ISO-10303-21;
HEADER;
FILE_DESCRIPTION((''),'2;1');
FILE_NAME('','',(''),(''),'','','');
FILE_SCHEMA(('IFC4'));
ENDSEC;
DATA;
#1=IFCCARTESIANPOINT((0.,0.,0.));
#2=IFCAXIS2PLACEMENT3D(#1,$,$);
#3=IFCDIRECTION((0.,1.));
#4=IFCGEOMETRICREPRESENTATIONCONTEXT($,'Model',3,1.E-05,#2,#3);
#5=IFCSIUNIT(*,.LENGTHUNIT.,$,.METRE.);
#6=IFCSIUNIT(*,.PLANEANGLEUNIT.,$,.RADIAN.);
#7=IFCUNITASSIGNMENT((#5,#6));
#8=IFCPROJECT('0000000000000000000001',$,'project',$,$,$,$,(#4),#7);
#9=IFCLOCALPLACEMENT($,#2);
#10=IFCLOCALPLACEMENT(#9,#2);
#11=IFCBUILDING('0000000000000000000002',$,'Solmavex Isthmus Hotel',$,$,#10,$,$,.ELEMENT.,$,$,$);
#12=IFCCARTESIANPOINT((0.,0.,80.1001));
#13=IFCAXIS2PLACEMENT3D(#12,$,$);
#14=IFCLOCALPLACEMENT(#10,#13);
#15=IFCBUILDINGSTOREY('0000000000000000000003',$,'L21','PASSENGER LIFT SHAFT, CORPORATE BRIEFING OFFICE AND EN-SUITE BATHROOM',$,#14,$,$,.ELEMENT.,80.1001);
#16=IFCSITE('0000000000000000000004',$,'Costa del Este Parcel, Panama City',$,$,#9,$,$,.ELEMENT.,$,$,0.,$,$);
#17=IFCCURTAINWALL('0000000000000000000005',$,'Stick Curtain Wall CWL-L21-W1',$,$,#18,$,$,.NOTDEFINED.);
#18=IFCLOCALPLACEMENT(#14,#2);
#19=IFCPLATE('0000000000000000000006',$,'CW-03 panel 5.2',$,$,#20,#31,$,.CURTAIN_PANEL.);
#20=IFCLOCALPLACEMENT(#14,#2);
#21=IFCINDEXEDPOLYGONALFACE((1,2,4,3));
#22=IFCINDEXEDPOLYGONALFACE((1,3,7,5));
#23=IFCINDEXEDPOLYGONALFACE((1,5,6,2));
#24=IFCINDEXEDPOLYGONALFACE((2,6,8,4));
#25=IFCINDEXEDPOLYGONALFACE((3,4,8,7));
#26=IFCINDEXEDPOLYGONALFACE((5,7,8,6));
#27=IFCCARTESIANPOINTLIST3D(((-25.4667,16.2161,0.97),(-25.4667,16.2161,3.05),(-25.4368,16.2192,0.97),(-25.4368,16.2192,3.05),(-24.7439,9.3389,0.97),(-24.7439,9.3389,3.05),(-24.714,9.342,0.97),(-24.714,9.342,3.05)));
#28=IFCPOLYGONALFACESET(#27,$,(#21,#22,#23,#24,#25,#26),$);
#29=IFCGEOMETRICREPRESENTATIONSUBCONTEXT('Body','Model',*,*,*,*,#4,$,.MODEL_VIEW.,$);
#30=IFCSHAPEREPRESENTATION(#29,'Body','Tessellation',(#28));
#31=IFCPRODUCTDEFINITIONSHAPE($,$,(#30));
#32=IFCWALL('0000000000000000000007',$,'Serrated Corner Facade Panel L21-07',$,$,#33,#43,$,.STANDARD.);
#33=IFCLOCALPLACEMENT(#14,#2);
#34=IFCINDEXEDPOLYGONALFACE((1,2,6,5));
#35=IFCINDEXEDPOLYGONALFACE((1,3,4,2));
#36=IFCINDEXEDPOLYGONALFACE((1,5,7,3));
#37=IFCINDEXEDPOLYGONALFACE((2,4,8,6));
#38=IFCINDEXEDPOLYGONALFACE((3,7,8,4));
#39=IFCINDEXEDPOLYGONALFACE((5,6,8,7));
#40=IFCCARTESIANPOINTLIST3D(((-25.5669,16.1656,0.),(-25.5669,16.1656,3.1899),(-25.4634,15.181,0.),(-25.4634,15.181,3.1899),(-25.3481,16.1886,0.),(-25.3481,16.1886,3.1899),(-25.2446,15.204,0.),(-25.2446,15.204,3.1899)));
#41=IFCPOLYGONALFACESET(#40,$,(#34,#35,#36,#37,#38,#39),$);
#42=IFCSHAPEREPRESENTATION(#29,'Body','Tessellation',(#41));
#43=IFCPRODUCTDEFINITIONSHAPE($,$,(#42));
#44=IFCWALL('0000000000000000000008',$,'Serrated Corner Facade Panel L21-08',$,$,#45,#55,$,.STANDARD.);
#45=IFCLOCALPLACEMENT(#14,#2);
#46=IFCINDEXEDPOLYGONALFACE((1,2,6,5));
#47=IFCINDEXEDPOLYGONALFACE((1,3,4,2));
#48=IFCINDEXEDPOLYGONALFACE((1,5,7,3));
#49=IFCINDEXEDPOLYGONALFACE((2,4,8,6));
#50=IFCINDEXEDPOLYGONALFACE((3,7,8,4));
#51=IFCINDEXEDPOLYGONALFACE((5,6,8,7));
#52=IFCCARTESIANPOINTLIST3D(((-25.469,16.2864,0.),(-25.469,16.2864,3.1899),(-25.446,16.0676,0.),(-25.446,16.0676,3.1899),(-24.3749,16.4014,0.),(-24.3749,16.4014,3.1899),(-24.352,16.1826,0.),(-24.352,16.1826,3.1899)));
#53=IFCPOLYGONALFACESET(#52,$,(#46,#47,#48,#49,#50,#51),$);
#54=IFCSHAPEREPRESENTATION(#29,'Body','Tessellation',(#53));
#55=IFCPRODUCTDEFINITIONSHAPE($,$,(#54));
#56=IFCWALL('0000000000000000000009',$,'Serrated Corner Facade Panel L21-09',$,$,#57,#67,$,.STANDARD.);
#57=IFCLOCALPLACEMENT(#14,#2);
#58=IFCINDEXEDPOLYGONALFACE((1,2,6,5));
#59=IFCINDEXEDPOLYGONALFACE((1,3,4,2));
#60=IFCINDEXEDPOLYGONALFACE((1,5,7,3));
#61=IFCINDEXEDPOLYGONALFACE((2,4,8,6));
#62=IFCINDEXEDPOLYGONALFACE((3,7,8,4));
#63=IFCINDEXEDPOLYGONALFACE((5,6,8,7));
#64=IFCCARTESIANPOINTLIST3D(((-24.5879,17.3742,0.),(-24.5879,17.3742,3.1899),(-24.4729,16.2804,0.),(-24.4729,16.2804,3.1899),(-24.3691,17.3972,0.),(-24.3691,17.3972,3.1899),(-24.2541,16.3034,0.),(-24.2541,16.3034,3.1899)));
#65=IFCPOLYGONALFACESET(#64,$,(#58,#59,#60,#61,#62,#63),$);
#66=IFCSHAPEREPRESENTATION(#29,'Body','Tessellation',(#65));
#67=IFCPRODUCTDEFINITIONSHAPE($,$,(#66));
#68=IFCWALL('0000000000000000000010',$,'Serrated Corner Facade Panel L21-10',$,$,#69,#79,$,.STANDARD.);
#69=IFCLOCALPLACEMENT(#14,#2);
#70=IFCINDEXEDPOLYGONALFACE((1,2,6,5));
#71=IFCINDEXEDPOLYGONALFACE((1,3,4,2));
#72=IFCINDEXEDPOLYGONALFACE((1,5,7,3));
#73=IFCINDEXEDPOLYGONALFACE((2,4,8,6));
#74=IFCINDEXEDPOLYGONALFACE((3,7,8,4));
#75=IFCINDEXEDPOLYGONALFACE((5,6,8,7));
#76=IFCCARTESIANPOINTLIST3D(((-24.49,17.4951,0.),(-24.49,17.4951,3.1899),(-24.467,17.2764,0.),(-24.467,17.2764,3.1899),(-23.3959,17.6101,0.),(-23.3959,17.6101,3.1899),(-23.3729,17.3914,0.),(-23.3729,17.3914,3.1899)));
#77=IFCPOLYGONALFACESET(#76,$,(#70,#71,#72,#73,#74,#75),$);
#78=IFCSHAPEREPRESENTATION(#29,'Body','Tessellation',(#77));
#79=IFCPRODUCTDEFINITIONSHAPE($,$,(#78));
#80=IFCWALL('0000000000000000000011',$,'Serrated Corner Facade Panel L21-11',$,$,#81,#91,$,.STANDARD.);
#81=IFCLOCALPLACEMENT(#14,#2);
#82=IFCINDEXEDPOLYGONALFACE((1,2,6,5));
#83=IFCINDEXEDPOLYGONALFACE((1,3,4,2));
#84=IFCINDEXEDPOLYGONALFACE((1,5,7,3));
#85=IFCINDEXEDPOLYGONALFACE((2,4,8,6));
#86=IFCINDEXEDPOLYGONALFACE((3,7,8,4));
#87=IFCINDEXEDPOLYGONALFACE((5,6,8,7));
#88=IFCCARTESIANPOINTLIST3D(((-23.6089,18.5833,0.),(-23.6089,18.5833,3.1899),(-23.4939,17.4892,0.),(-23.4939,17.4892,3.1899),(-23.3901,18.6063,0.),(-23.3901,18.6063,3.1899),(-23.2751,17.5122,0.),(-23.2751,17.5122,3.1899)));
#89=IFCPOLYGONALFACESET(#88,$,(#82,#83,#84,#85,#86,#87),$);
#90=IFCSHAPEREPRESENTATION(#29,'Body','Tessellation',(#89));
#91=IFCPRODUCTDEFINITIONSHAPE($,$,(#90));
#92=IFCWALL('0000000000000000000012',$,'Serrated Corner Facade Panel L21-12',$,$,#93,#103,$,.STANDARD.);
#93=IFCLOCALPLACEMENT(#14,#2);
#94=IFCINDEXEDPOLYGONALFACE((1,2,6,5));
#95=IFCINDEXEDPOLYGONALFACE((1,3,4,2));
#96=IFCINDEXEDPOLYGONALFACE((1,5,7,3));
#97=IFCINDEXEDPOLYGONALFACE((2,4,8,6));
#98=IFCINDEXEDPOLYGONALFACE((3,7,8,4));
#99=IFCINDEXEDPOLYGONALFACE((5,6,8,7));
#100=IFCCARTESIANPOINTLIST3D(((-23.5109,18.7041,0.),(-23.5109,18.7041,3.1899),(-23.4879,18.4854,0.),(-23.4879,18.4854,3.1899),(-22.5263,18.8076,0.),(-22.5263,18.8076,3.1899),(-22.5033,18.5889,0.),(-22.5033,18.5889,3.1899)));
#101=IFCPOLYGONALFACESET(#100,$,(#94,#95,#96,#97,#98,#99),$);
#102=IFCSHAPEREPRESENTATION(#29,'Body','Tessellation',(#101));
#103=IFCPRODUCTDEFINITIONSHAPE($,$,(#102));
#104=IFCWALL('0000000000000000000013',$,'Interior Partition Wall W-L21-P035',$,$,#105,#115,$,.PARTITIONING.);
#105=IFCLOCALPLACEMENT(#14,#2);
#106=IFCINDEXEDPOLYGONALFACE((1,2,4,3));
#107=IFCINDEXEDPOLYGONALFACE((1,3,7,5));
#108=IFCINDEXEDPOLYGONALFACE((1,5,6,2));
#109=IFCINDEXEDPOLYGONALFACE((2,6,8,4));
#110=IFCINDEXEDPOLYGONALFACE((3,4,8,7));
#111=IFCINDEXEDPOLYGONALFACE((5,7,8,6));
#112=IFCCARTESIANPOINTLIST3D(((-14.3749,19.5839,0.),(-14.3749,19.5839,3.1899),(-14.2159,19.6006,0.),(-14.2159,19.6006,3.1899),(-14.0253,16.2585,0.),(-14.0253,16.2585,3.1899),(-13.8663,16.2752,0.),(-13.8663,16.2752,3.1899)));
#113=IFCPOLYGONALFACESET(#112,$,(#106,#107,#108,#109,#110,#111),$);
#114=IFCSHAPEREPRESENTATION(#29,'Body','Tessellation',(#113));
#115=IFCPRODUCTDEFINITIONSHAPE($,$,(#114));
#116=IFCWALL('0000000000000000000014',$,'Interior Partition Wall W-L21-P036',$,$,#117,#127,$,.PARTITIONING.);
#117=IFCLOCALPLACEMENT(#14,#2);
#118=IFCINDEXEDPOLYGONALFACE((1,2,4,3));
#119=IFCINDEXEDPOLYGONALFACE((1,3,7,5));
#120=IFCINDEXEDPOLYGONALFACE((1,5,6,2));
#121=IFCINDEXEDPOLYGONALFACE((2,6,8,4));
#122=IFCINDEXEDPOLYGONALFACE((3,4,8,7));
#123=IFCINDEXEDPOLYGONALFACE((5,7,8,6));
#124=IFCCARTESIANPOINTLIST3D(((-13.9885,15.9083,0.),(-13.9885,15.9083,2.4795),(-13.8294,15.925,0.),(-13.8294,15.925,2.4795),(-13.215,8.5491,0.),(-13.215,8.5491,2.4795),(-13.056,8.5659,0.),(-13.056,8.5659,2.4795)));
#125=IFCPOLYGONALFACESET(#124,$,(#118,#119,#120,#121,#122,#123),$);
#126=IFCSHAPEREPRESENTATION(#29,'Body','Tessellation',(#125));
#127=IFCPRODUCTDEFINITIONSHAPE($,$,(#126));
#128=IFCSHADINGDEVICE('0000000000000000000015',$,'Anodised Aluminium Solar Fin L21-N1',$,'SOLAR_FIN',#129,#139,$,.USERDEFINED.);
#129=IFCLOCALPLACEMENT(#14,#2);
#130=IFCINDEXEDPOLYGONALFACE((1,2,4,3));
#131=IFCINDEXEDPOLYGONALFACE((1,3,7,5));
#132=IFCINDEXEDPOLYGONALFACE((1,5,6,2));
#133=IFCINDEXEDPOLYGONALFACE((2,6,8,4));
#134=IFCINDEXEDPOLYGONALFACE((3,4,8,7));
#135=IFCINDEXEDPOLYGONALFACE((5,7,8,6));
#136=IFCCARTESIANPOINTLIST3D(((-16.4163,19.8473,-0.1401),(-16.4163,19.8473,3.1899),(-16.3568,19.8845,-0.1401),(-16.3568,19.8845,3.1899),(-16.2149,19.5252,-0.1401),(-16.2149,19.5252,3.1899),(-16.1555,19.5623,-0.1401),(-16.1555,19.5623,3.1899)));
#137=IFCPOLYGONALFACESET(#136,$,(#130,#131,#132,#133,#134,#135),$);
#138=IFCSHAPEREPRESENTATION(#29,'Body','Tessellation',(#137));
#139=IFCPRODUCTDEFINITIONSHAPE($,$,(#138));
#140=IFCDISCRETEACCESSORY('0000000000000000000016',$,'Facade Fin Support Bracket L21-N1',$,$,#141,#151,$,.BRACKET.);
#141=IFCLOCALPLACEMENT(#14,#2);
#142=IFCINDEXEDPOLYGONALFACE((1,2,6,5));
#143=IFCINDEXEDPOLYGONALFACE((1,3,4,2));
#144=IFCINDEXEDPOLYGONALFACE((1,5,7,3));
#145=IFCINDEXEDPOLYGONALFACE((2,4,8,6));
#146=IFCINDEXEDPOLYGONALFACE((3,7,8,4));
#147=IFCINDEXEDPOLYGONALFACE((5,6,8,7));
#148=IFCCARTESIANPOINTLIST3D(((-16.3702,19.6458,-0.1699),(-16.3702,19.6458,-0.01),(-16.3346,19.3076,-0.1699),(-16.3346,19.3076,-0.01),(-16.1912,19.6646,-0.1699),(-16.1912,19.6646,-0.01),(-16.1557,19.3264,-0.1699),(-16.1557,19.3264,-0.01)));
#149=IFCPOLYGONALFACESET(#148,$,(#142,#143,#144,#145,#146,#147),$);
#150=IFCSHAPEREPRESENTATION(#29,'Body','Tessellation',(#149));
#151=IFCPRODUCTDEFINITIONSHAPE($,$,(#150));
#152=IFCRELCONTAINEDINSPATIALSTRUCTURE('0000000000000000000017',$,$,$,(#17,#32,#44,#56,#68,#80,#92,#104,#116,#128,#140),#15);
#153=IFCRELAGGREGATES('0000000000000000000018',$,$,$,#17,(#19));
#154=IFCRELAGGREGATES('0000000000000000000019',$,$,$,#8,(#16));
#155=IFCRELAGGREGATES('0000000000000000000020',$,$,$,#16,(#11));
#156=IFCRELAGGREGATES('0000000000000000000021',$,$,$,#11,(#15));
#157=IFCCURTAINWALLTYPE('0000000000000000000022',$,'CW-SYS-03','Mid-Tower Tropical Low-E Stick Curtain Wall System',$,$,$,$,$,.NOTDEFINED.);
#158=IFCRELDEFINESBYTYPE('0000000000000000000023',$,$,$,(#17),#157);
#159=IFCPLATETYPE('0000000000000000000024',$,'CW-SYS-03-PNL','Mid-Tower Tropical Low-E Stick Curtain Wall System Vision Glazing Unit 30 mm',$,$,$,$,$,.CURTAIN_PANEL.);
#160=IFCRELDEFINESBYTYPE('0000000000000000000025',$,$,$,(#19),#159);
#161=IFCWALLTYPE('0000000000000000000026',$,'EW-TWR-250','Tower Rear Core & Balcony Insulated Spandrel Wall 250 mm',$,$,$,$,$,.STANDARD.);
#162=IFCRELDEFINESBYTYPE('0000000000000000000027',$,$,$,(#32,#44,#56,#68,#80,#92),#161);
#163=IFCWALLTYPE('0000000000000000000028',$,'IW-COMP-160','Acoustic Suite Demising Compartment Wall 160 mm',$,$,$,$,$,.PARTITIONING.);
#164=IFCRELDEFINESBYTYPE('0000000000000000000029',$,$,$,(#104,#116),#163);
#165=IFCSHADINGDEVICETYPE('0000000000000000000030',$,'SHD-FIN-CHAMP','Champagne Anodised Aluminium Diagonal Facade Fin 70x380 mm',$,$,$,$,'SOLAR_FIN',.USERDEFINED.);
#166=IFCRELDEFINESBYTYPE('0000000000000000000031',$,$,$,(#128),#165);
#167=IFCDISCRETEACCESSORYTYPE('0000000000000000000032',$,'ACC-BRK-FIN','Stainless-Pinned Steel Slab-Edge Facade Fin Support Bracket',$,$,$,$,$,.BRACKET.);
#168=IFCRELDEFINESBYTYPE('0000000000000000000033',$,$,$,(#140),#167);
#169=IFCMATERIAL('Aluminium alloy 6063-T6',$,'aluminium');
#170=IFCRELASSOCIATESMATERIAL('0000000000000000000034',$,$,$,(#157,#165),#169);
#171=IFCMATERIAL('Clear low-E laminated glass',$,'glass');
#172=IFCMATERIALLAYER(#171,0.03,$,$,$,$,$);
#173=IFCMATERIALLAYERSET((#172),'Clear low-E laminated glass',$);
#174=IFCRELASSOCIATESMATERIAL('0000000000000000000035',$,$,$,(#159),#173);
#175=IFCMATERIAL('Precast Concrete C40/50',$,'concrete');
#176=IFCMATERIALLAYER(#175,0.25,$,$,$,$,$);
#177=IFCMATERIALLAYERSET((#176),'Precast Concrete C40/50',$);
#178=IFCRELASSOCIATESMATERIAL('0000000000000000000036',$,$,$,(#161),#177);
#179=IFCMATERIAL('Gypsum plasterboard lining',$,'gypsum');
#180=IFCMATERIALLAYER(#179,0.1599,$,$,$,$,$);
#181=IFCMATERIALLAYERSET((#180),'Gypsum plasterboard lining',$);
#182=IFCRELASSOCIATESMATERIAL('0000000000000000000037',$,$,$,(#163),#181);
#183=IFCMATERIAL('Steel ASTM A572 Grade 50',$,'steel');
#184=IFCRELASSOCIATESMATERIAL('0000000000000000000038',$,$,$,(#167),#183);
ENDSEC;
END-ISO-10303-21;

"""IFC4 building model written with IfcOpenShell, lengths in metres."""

from ifc_helpers import new_model, si_unit, direction, frame, frame_2d, origin, origin_2d, place, context, subcontext, project, spatial, rectangle, extrude, material, layer, layer_set, type_object, element, aggregate, save


model = new_model("IFC4")

# Units and contexts
model_context = context("Model", 3, precision=1e-05, world=origin(), true_north=direction((0.0, 1.0)))
body_context = subcontext(model_context, "Body", "Model", "MODEL_VIEW")
ifc_project = project(units=[si_unit("LENGTHUNIT", "METRE"), si_unit("PLANEANGLEUNIT", "RADIAN")], contexts=[model_context])

# Site, building, storey
site_placement = place(None, origin())
site = spatial("IfcSite", under=ifc_project, at=site_placement, Name="Costa del Este Parcel, Panama City", CompositionType="ELEMENT", RefElevation=0.0)
building_placement = place(site_placement, origin())
building = spatial("IfcBuilding", under=site, at=building_placement, Name="Solmavex Isthmus Hotel", CompositionType="ELEMENT")
storey_placement = place(building_placement, frame((0.0, 0.0, 80.1001)))
storey = spatial("IfcBuildingStorey", under=building, at=storey_placement, Name="L21", Description="PASSENGER LIFT SHAFT, CORPORATE BRIEFING OFFICE AND EN-SUITE BATHROOM", CompositionType="ELEMENT", Elevation=80.1001)

# Shared definitions
ifc_material_1 = material(Name="Steel ASTM A572 Grade 50", Category="steel")

# Shared definitions
ifc_material_2 = material(Name="Aluminium alloy 6063-T6", Category="aluminium")
curtain_wall_type = type_object("IfcCurtainWallType", Name="CW-SYS-03", Description="Mid-Tower Tropical Low-E Stick Curtain Wall System", PredefinedType="NOTDEFINED", material=ifc_material_2)

# Curtain wall
curtain_wall_1_placement = place(storey_placement, origin())
curtain_wall_1 = element("IfcCurtainWall", 1, at=curtain_wall_1_placement, inside=storey, type_object=curtain_wall_type, Name="Stick Curtain Wall CWL-L21-W1", PredefinedType="NOTDEFINED")

# Plate
ifc_material_3 = material(Name="Clear low-E laminated glass", Category="glass")
ifc_layer_1 = layer(ifc_material_3, 0.03)
ifc_layer_set_1 = layer_set([ifc_layer_1], Name="Clear low-E laminated glass")
plate_type = type_object("IfcPlateType", Name="CW-SYS-03-PNL", Description="Mid-Tower Tropical Low-E Stick Curtain Wall System Vision Glazing Unit 30 mm", PredefinedType="CURTAIN_PANEL", material=ifc_layer_set_1)
plate_1_placement = place(storey_placement, frame((-25.0903, 12.7791, 0.97), z_axis=(0.0, 0.0, 1.0), x_axis=(-0.104528, 0.994522, 0.0)))
plate_1 = element("IfcPlate", 2, at=plate_1_placement, type_object=plate_type, Name="CW-03 panel 5.2", PredefinedType="CURTAIN_PANEL", context=body_context, shape_type="SweptSolid", body=[
    extrude(rectangle(XDim=6.915, YDim=0.03, at=origin_2d()), origin(), (0.0, 0.0, 1.0), 2.0801),
])
aggregate(curtain_wall_1, [plate_1])

# Walls
ifc_material_4 = material(Name="Precast Concrete C40/50", Category="concrete")
ifc_layer_2 = layer(ifc_material_4, 0.25)
ifc_layer_set_2 = layer_set([ifc_layer_2], Name="Precast Concrete C40/50")
wall_type_1 = type_object("IfcWallType", Name="EW-TWR-250", Description="Tower Rear Core & Balcony Insulated Spandrel Wall 250 mm", PredefinedType="STANDARD", material=ifc_layer_set_2)
wall_1_placement = place(storey_placement, frame((-25.354, 15.1924, 0.0), z_axis=(0.0, 0.0, 1.0), x_axis=(-0.104556, 0.994519, 0.0)))
element("IfcWall", 3, at=wall_1_placement, inside=storey, type_object=wall_type_1, Name="Serrated Corner Facade Panel L21-07", PredefinedType="STANDARD", context=body_context, shape_type="SweptSolid", body=[
    extrude(rectangle(XDim=0.99, YDim=0.22, at=frame_2d((0.4951, 0.0))), origin(), (0.0, 0.0, 1.0), 3.1899),
])
wall_2_placement = place(storey_placement, frame((-25.4575, 16.177, 0.0), z_axis=(0.0, 0.0, 1.0), x_axis=(0.994521, 0.104535, 0.0)))
element("IfcWall", 4, at=wall_2_placement, inside=storey, type_object=wall_type_1, Name="Serrated Corner Facade Panel L21-08", PredefinedType="STANDARD", context=body_context, shape_type="SweptSolid", body=[
    extrude(rectangle(XDim=1.1001, YDim=0.22, at=frame_2d((0.55, 0.0))), origin(), (0.0, 0.0, 1.0), 3.1899),
])
wall_3_placement = place(storey_placement, frame((-24.3635, 16.292, 0.0), z_axis=(0.0, 0.0, 1.0), x_axis=(-0.104558, 0.994519, 0.0)))
element("IfcWall", 5, at=wall_3_placement, inside=storey, type_object=wall_type_1, Name="Serrated Corner Facade Panel L21-09", PredefinedType="STANDARD", context=body_context, shape_type="SweptSolid", body=[
    extrude(rectangle(XDim=1.0999, YDim=0.22, at=frame_2d((0.5498, 0.0))), origin(), (0.0, 0.0, 1.0), 3.1899),
])
for number, where, z_axis, x_axis, name in (
    (6, (-24.4785, 17.3857, 0.0), (0.0, 0.0, 1.0), (0.994521, 0.104535, 0.0), "Serrated Corner Facade Panel L21-10"),
    (7, (-23.3845, 17.5007, 0.0), (0.0, 0.0, 1.0), (-0.104535, 0.994521, 0.0), "Serrated Corner Facade Panel L21-11"),
):
    element("IfcWall", number, at=place(storey_placement, frame(where, z_axis=z_axis, x_axis=x_axis)), inside=storey, type_object=wall_type_1, Name=name, PredefinedType="STANDARD", context=body_context, shape_type="SweptSolid", body=[
        extrude(rectangle(XDim=1.1001, YDim=0.22, at=frame_2d((0.55, 0.0))), origin(), (0.0, 0.0, 1.0), 3.1899),
    ])
wall_4_placement = place(storey_placement, frame((-23.4995, 18.5947, 0.0), z_axis=(0.0, 0.0, 1.0), x_axis=(0.994519, 0.104556, 0.0)))
element("IfcWall", 8, at=wall_4_placement, inside=storey, type_object=wall_type_1, Name="Serrated Corner Facade Panel L21-12", PredefinedType="STANDARD", context=body_context, shape_type="SweptSolid", body=[
    extrude(rectangle(XDim=0.99, YDim=0.22, at=frame_2d((0.4951, 0.0))), origin(), (0.0, 0.0, 1.0), 3.1899),
])
ifc_material_5 = material(Name="Gypsum plasterboard lining", Category="gypsum")
ifc_layer_3 = layer(ifc_material_5, 0.1599)
ifc_layer_set_3 = layer_set([ifc_layer_3], Name="Gypsum plasterboard lining")
wall_type_2 = type_object("IfcWallType", Name="IW-COMP-160", Description="Acoustic Suite Demising Compartment Wall 160 mm", PredefinedType="PARTITIONING", material=ifc_layer_set_3)
wall_5_placement = place(storey_placement, frame((-14.2954, 19.5923, 0.0), z_axis=(0.0, 0.0, 1.0), x_axis=(0.104556, -0.994519, 0.0)))
element("IfcWall", 9, at=wall_5_placement, inside=storey, type_object=wall_type_2, Name="Interior Partition Wall W-L21-P035", PredefinedType="PARTITIONING", context=body_context, shape_type="SweptSolid", body=[
    extrude(rectangle(XDim=3.3438, YDim=0.1599, at=frame_2d((1.6719, 0.0))), origin(), (0.0, 0.0, 1.0), 3.1899),
])
wall_6_placement = place(storey_placement, frame((-13.9089, 15.9165, 0.0), z_axis=(0.0, 0.0, 1.0), x_axis=(0.104523, -0.994522, 0.0)))
element("IfcWall", 10, at=wall_6_placement, inside=storey, type_object=wall_type_2, Name="Interior Partition Wall W-L21-P036", PredefinedType="PARTITIONING", context=body_context, shape_type="SweptSolid", body=[
    extrude(rectangle(XDim=7.3997, YDim=0.1599, at=frame_2d((3.6997, 0.0))), origin(), (0.0, 0.0, 1.0), 2.4795),
])

# Shading device
shading_device_type = type_object("IfcShadingDeviceType", Name="SHD-FIN-CHAMP", Description="Champagne Anodised Aluminium Diagonal Facade Fin 70x380 mm", ElementType="SOLAR_FIN", PredefinedType="USERDEFINED", material=ifc_material_2)
shading_device_placement = place(storey_placement, frame((-16.2859, 19.7048, -0.1401), z_axis=(0.0, 0.0, 1.0), x_axis=(-0.529919, 0.848048, 0.0)))
element("IfcShadingDevice", 11, at=shading_device_placement, inside=storey, type_object=shading_device_type, Name="Anodised Aluminium Solar Fin L21-N1", ObjectType="SOLAR_FIN", PredefinedType="USERDEFINED", context=body_context, shape_type="SweptSolid", body=[
    extrude(rectangle(XDim=0.3799, YDim=0.0701, at=origin_2d()), origin(), (0.0, 0.0, 1.0), 3.3301),
])

# Discrete accessory
discrete_accessory_type = type_object("IfcDiscreteAccessoryType", Name="ACC-BRK-FIN", Description="Stainless-Pinned Steel Slab-Edge Facade Fin Support Bracket", PredefinedType="BRACKET", material=ifc_material_1)
discrete_accessory_placement = place(storey_placement, frame((-16.2629, 19.4861, -0.1699), z_axis=(0.0, 0.0, 1.0), x_axis=(-0.104528, 0.994522, 0.0)))
element("IfcDiscreteAccessory", 12, at=discrete_accessory_placement, inside=storey, type_object=discrete_accessory_type, Name="Facade Fin Support Bracket L21-N1", PredefinedType="BRACKET", context=body_context, shape_type="SweptSolid", body=[
    extrude(rectangle(XDim=0.3401, YDim=0.1799, at=origin_2d()), origin(), (0.0, 0.0, 1.0), 0.1599),
])

save(model, "model.ifc")
